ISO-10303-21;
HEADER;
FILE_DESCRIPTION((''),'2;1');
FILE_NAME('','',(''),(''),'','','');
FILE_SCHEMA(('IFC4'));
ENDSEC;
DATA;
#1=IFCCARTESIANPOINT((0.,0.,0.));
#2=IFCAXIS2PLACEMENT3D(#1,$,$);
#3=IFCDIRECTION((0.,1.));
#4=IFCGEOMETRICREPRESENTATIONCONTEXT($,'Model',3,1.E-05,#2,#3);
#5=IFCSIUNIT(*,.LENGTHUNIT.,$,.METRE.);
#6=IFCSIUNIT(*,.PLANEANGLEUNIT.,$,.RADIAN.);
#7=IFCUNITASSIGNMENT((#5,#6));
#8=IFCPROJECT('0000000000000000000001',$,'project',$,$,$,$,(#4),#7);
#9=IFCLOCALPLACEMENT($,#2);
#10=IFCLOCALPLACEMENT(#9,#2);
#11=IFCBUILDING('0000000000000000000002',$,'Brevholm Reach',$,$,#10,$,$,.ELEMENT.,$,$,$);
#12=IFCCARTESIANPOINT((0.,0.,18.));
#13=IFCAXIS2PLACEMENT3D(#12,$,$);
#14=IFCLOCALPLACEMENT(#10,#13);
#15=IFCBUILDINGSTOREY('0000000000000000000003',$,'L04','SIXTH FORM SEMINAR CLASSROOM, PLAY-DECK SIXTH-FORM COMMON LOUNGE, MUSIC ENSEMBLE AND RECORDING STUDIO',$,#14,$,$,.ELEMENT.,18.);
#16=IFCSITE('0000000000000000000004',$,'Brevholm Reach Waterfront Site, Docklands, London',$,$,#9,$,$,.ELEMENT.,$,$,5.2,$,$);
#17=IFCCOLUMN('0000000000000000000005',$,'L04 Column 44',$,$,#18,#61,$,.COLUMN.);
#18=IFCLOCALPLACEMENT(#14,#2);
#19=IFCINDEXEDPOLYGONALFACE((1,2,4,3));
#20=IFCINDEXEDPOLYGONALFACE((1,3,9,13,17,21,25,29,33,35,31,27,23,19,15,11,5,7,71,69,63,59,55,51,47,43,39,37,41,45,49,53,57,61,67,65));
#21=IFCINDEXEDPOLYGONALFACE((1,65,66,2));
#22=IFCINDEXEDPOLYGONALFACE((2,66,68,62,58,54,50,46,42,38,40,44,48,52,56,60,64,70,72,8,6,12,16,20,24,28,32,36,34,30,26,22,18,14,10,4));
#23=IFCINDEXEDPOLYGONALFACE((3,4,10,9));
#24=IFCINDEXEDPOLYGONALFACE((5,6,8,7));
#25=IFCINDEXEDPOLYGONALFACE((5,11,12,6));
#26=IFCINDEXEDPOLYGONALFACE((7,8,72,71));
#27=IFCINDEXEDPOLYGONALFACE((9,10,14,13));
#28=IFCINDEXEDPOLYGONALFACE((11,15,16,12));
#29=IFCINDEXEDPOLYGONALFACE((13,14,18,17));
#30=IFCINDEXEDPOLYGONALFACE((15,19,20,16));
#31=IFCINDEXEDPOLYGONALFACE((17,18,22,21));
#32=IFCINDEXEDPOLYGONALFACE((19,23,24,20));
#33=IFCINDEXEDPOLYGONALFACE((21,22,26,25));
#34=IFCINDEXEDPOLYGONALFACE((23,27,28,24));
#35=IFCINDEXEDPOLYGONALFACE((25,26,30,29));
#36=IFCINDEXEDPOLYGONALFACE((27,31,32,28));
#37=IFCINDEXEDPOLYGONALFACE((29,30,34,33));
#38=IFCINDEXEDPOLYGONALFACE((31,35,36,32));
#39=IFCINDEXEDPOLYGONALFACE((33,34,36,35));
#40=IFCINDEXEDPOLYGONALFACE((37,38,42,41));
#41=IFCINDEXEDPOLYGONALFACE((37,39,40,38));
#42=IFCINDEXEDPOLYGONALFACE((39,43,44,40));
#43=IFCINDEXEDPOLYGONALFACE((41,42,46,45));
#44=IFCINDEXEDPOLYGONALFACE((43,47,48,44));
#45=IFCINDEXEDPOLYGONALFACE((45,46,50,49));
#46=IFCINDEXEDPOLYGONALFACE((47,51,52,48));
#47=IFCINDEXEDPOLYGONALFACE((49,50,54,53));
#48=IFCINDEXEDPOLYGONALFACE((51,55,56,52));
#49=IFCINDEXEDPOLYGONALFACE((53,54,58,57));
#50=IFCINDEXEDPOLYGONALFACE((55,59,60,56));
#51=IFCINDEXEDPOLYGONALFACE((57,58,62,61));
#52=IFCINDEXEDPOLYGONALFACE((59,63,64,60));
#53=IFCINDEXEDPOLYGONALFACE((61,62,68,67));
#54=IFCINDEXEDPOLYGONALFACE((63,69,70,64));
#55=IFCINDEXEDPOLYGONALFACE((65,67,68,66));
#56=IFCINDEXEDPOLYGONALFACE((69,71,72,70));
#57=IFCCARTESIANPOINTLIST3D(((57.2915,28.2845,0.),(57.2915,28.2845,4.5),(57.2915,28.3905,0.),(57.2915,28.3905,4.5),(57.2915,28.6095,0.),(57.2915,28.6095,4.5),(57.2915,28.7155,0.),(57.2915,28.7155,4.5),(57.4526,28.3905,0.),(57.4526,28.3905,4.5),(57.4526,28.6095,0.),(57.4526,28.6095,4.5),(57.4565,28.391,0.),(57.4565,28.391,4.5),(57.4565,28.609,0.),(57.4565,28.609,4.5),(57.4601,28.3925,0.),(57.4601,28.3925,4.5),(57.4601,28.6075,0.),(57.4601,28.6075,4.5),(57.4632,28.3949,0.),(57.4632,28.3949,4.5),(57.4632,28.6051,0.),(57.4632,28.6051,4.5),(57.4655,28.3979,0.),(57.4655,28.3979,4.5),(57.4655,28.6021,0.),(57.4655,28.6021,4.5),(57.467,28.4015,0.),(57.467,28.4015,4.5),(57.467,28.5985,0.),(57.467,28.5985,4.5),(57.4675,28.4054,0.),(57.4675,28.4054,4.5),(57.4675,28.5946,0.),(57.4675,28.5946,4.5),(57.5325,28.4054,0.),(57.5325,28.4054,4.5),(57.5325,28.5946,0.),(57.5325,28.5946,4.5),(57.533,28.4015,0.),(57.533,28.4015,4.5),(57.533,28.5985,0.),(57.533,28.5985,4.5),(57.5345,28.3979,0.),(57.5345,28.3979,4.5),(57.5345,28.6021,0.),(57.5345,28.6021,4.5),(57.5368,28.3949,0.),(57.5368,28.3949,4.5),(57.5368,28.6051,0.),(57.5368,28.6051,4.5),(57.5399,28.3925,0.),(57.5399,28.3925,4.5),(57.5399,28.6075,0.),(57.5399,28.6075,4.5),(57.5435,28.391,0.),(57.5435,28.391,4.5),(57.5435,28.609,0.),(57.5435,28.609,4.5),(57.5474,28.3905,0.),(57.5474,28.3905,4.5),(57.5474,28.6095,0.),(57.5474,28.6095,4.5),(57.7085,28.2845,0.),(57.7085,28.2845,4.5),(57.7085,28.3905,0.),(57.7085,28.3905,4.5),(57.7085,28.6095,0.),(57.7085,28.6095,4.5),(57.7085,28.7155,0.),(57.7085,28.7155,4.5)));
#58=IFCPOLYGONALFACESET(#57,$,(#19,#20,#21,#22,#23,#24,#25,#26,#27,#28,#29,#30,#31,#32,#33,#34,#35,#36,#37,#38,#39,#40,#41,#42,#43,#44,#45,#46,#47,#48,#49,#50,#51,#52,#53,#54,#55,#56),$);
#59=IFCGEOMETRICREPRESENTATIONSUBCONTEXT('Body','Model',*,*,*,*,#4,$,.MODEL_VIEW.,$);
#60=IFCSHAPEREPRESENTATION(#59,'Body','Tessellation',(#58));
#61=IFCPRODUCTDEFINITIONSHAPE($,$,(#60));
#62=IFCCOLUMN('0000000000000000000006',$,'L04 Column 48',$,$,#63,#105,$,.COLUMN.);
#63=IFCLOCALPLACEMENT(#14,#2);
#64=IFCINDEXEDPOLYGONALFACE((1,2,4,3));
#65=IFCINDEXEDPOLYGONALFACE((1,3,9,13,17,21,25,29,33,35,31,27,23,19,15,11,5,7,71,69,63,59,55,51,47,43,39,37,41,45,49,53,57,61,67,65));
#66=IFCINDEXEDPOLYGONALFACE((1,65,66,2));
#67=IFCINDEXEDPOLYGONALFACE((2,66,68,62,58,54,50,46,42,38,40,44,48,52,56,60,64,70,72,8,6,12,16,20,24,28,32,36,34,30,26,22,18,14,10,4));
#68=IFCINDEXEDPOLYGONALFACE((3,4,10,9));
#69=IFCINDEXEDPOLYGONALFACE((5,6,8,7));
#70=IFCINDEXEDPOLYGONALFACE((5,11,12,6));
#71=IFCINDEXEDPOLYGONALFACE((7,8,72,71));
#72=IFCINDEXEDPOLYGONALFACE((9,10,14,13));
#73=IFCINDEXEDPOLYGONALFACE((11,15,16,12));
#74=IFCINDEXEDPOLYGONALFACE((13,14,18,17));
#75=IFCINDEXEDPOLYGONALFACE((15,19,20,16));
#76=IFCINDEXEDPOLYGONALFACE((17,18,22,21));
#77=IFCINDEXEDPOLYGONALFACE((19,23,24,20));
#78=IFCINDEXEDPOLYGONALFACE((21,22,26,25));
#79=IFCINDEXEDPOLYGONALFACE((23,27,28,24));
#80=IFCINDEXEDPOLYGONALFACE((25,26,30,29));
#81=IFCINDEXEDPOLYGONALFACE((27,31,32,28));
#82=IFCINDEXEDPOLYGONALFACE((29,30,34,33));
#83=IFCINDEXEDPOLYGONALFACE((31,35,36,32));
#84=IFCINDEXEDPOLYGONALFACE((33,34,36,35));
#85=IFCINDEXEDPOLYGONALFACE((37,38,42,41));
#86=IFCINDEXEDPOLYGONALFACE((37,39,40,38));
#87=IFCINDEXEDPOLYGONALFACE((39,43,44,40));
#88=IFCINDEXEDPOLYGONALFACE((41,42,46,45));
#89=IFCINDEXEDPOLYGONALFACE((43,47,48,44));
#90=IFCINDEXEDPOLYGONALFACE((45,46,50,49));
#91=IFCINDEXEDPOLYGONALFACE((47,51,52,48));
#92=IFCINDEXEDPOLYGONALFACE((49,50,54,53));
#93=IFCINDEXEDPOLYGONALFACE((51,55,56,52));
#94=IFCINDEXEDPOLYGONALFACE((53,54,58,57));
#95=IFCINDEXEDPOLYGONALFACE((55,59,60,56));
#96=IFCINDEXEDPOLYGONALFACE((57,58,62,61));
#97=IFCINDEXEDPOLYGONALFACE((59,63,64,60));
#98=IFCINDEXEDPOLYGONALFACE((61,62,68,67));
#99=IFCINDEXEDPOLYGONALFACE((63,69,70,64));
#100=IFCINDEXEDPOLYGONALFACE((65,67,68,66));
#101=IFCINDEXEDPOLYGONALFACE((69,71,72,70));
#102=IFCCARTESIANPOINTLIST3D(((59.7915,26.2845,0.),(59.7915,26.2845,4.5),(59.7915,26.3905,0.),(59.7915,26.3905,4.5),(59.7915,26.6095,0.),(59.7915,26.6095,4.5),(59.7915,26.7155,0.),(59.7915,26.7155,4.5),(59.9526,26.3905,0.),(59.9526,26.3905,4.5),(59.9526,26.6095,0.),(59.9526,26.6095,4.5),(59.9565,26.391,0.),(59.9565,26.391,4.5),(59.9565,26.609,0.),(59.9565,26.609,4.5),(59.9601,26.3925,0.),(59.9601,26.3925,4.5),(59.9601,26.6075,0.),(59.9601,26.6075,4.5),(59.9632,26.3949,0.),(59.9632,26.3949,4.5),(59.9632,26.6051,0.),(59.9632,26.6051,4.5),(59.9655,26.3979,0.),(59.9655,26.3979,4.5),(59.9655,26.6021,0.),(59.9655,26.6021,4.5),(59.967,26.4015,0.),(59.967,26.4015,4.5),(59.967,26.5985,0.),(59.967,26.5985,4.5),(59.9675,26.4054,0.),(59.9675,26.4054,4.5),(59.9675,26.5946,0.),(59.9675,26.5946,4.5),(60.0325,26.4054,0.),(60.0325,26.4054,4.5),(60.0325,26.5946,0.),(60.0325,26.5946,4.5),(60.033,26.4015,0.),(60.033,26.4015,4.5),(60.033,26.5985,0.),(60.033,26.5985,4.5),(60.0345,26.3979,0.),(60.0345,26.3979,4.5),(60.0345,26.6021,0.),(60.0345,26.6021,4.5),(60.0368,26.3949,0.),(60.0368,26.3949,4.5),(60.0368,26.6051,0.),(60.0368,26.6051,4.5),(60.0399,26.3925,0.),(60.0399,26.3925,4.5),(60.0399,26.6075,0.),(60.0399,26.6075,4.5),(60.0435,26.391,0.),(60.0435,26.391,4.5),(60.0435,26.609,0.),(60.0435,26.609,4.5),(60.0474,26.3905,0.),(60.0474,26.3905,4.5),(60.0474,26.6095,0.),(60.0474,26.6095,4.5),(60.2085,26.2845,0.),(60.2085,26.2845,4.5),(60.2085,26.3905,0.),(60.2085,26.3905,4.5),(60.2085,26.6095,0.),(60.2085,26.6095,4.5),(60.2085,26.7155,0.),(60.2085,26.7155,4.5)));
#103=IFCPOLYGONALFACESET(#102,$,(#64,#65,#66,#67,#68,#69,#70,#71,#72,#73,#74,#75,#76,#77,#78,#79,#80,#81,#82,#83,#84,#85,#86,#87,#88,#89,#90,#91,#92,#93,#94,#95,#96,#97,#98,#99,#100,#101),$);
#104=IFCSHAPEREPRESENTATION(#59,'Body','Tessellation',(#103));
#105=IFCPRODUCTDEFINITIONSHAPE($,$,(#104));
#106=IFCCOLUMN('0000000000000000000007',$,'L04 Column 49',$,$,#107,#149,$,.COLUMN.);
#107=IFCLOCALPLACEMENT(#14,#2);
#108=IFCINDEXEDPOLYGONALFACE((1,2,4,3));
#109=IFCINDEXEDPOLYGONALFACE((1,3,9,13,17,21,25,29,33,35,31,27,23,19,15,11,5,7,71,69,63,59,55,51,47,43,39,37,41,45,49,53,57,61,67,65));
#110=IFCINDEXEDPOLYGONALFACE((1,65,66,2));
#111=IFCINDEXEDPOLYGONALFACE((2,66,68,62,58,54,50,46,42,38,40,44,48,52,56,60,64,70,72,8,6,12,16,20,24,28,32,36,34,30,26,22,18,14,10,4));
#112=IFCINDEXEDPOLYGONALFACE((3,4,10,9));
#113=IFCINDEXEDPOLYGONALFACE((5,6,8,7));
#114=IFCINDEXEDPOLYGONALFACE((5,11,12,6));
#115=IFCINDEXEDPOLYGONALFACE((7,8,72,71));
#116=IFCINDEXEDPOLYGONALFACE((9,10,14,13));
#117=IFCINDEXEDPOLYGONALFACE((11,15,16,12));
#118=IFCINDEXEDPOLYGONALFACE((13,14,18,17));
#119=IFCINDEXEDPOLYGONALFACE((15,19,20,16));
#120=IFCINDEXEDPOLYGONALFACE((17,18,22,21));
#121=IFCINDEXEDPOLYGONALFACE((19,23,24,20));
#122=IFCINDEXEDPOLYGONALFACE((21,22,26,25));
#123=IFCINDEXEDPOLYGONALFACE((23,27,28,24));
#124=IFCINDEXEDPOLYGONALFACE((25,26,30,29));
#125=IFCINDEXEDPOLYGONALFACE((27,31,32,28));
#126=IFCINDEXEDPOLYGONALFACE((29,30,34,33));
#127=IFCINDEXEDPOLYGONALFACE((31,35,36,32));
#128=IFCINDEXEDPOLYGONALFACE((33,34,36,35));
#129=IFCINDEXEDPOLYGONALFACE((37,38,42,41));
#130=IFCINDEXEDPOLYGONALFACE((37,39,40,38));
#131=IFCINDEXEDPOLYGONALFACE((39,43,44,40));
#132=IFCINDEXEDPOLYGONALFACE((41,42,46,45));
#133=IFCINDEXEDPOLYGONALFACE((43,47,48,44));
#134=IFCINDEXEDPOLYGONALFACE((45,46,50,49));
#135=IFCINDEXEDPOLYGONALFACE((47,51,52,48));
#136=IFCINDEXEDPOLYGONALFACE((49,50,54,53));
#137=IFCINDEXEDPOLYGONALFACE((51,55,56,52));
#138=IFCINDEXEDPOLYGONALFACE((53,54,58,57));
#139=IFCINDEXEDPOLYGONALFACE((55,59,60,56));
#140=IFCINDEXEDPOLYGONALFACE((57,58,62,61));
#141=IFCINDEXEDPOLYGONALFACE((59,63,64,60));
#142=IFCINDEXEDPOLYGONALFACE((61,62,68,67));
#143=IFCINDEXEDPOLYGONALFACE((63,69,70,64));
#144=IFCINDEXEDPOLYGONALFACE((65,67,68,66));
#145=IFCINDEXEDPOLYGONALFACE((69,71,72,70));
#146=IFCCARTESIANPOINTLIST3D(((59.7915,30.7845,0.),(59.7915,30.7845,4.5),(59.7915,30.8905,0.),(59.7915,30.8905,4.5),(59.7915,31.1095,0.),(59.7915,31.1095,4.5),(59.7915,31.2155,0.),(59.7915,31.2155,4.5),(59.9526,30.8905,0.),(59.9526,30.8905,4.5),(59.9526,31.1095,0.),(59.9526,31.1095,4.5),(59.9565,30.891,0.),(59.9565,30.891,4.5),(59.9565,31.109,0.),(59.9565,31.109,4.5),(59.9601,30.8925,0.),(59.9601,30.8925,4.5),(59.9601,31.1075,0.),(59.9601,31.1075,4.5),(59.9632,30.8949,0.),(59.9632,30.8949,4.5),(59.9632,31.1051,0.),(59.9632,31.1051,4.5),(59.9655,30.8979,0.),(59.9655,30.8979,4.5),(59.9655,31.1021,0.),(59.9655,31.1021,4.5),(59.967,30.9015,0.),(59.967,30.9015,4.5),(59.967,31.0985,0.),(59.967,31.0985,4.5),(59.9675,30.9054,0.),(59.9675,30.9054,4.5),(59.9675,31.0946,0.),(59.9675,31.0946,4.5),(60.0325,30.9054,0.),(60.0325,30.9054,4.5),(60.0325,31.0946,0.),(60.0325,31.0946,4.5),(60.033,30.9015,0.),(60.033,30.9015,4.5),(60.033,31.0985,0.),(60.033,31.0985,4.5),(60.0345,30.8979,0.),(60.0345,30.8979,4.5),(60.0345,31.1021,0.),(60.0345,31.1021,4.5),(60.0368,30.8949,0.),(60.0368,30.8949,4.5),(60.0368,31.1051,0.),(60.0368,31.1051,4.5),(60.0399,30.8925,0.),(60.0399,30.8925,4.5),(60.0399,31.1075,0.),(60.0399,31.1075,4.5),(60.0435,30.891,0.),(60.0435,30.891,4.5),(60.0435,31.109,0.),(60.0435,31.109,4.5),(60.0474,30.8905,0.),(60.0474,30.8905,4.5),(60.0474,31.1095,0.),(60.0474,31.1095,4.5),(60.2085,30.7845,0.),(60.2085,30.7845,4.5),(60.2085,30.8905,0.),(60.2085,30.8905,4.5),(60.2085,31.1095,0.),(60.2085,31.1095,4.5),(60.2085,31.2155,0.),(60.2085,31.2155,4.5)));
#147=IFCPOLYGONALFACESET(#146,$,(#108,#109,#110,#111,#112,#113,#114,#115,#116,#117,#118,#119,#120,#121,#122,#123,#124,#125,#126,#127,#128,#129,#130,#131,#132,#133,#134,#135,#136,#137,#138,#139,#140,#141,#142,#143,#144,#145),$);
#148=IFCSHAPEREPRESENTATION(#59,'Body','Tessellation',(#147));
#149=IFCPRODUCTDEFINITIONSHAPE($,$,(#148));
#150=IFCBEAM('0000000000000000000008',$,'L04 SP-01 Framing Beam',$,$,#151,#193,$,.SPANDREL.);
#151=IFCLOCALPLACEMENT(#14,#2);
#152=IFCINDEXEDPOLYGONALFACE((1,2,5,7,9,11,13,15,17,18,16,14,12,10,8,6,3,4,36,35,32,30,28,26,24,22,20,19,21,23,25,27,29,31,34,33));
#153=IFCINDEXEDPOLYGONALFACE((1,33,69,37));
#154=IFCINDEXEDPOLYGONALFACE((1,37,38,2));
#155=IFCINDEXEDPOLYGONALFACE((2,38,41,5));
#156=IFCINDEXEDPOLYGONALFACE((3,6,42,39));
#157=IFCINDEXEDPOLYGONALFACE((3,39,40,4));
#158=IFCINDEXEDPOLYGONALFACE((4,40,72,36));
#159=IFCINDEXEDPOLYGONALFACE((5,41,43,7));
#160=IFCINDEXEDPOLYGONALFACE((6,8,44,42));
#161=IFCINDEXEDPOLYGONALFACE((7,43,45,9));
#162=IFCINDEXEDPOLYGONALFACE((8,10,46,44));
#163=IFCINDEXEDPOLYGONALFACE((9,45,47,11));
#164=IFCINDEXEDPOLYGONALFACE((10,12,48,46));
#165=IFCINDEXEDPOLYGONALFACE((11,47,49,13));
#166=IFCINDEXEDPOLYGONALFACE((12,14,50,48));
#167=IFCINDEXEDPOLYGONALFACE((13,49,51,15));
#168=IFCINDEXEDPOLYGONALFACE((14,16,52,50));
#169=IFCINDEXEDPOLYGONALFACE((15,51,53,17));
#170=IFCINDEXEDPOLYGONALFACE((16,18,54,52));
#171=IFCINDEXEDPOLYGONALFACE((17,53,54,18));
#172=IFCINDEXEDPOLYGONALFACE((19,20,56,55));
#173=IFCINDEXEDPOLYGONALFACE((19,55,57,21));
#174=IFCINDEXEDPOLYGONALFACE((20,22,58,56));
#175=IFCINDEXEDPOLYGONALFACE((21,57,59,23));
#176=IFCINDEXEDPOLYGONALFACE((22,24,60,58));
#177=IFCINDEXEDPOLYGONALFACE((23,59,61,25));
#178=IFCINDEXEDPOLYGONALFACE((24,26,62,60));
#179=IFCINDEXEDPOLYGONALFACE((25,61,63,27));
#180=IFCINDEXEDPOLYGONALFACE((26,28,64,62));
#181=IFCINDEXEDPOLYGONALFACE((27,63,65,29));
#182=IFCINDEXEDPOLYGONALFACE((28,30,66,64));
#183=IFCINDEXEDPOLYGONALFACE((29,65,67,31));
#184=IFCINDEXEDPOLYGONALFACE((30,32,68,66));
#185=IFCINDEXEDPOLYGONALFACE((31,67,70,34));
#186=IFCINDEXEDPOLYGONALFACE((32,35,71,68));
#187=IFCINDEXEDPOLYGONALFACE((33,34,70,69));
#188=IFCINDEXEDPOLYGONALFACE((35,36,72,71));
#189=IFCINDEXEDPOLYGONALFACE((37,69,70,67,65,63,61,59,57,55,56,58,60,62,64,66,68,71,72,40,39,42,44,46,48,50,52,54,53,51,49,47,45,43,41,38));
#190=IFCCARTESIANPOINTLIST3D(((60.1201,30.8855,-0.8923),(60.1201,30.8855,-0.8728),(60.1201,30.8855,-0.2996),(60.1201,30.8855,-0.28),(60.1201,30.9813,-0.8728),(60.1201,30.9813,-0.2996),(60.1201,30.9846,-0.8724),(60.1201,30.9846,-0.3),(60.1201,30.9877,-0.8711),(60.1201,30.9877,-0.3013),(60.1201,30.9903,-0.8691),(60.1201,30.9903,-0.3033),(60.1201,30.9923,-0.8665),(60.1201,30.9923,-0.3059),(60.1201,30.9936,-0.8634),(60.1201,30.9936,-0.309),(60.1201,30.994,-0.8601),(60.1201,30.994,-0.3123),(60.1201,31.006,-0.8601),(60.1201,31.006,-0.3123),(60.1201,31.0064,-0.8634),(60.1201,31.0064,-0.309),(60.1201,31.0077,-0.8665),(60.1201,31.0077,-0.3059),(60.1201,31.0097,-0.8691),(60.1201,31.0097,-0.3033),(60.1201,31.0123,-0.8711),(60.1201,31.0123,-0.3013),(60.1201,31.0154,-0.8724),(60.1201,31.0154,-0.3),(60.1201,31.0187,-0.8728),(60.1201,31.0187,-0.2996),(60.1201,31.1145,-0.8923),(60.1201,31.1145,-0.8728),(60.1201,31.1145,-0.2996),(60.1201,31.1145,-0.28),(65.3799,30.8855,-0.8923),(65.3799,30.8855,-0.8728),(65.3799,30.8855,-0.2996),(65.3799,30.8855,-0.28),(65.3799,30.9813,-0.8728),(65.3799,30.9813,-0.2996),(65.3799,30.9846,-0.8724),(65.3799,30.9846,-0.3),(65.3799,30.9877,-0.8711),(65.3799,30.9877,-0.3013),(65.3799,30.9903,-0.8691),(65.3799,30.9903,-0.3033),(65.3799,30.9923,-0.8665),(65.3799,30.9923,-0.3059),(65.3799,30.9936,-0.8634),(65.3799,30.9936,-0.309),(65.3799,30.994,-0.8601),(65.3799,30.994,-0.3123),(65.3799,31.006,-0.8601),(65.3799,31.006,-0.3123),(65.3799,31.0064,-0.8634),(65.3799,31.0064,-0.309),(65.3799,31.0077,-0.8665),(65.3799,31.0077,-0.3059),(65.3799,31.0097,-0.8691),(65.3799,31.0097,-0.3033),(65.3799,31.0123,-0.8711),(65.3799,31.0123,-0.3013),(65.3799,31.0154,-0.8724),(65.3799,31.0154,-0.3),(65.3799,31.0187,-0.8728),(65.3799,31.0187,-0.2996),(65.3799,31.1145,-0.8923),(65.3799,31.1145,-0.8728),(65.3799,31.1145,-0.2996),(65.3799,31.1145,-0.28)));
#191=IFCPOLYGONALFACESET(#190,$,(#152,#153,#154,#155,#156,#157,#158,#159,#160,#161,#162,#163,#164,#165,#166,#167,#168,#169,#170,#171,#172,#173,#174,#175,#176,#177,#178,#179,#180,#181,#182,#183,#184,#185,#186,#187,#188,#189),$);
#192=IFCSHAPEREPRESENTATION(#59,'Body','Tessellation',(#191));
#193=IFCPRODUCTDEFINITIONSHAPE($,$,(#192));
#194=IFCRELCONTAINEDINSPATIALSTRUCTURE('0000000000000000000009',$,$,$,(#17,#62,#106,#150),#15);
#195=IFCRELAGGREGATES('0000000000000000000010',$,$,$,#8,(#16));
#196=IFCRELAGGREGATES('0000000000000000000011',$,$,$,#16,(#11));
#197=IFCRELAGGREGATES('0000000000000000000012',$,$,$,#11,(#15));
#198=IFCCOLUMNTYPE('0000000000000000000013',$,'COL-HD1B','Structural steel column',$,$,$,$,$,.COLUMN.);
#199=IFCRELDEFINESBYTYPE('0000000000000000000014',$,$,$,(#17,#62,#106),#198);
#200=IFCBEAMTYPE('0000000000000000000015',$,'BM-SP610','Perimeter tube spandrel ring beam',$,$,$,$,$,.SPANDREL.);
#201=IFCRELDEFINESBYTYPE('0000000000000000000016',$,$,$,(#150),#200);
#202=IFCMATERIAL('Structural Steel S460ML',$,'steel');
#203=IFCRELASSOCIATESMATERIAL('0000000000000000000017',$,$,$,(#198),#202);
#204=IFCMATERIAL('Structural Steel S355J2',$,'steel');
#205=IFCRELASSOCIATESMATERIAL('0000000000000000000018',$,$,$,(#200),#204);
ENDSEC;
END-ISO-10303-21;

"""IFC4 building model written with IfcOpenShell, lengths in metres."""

from ifc_helpers import new_model, si_unit, direction, frame, origin, origin_2d, place, context, subcontext, project, spatial, i_section, extrude, material, material_profile, profile_set, type_object, element, save


model = new_model("IFC4")

# Units and contexts
model_context = context("Model", 3, precision=1e-05, world=origin(), true_north=direction((0.0, 1.0)))
body_context = subcontext(model_context, "Body", "Model", "MODEL_VIEW")
ifc_project = project(units=[si_unit("LENGTHUNIT", "METRE"), si_unit("PLANEANGLEUNIT", "RADIAN")], contexts=[model_context])

# Site, building, storey
site_placement = place(None, origin())
site = spatial("IfcSite", under=ifc_project, at=site_placement, Name="Brevholm Reach Waterfront Site, Docklands, London", CompositionType="ELEMENT", RefElevation=5.2)
building_placement = place(site_placement, origin())
building = spatial("IfcBuilding", under=site, at=building_placement, Name="Brevholm Reach", CompositionType="ELEMENT")
storey_placement = place(building_placement, frame((0.0, 0.0, 18.0)))
storey = spatial("IfcBuildingStorey", under=building, at=storey_placement, Name="L04", Description="SIXTH FORM SEMINAR CLASSROOM, PLAY-DECK SIXTH-FORM COMMON LOUNGE, MUSIC ENSEMBLE AND RECORDING STUDIO", CompositionType="ELEMENT", Elevation=18.0)

# Columns
ifc_material_1 = material(Name="Structural Steel S460ML", Category="steel")
ifc_material_profile_1 = material_profile(ifc_material_1, i_section(OverallWidth=0.417, OverallDepth=0.4309, WebThickness=0.0649, FlangeThickness=0.106, FilletRadius=0.0149, at=origin_2d()), Name="HD 400x900")
ifc_profile_set_1 = profile_set([ifc_material_profile_1], Name="Structural Steel S460ML")
column_type = type_object("IfcColumnType", Name="COL-HD1B", Description="Structural steel column", PredefinedType="COLUMN", material=ifc_profile_set_1)
for number, where, z_axis, x_axis, name in (
    (1, (57.5, 28.5, 0.0), (0.0, 0.0, 1.0), (1.0, 0.0, 0.0), "L04 Column 44"),
    (2, (60.0, 26.5, 0.0), (0.0, 0.0, 1.0), (1.0, 0.0, 0.0), "L04 Column 48"),
    (3, (60.0, 31.0, 0.0), (0.0, 0.0, 1.0), (1.0, 0.0, 0.0), "L04 Column 49"),
):
    element("IfcColumn", number, at=place(storey_placement, frame(where, z_axis=z_axis, x_axis=x_axis)), inside=storey, type_object=column_type, Name=name, PredefinedType="COLUMN", context=body_context, shape_type="SweptSolid", body=[
        extrude(i_section(OverallWidth=0.417, OverallDepth=0.4309, WebThickness=0.0649, FlangeThickness=0.106, FilletRadius=0.0149, at=origin_2d()), origin(), (0.0, 0.0, 1.0), 4.5),
    ])

# Beam
ifc_material_2 = material(Name="Structural Steel S355J2", Category="steel")
ifc_material_profile_2 = material_profile(ifc_material_2, i_section(OverallWidth=0.229, OverallDepth=0.6123, WebThickness=0.012, FlangeThickness=0.0195, FilletRadius=0.0127, at=origin_2d()), Name="UKB 610x229x125")
ifc_profile_set_2 = profile_set([ifc_material_profile_2], Name="Structural Steel S355J2")
beam_type_1 = type_object("IfcBeamType", Name="BM-SP610", Description="Perimeter tube spandrel ring beam", PredefinedType="SPANDREL", material=ifc_profile_set_2)
beam_1_placement = place(storey_placement, frame((60.1201, 31.0, -0.5862), z_axis=(1.0, 0.0, 0.0), x_axis=(0.0, 1.0, 0.0)))
element("IfcBeam", 4, at=beam_1_placement, inside=storey, type_object=beam_type_1, Name="L04 SP-01 Framing Beam", PredefinedType="SPANDREL", context=body_context, shape_type="SweptSolid", body=[
    extrude(i_section(OverallWidth=0.229, OverallDepth=0.6123, WebThickness=0.012, FlangeThickness=0.0195, FilletRadius=0.0127, at=origin_2d()), origin(), (0.0, 0.0, 1.0), 5.2598),
])

save(model, "model.ifc")
